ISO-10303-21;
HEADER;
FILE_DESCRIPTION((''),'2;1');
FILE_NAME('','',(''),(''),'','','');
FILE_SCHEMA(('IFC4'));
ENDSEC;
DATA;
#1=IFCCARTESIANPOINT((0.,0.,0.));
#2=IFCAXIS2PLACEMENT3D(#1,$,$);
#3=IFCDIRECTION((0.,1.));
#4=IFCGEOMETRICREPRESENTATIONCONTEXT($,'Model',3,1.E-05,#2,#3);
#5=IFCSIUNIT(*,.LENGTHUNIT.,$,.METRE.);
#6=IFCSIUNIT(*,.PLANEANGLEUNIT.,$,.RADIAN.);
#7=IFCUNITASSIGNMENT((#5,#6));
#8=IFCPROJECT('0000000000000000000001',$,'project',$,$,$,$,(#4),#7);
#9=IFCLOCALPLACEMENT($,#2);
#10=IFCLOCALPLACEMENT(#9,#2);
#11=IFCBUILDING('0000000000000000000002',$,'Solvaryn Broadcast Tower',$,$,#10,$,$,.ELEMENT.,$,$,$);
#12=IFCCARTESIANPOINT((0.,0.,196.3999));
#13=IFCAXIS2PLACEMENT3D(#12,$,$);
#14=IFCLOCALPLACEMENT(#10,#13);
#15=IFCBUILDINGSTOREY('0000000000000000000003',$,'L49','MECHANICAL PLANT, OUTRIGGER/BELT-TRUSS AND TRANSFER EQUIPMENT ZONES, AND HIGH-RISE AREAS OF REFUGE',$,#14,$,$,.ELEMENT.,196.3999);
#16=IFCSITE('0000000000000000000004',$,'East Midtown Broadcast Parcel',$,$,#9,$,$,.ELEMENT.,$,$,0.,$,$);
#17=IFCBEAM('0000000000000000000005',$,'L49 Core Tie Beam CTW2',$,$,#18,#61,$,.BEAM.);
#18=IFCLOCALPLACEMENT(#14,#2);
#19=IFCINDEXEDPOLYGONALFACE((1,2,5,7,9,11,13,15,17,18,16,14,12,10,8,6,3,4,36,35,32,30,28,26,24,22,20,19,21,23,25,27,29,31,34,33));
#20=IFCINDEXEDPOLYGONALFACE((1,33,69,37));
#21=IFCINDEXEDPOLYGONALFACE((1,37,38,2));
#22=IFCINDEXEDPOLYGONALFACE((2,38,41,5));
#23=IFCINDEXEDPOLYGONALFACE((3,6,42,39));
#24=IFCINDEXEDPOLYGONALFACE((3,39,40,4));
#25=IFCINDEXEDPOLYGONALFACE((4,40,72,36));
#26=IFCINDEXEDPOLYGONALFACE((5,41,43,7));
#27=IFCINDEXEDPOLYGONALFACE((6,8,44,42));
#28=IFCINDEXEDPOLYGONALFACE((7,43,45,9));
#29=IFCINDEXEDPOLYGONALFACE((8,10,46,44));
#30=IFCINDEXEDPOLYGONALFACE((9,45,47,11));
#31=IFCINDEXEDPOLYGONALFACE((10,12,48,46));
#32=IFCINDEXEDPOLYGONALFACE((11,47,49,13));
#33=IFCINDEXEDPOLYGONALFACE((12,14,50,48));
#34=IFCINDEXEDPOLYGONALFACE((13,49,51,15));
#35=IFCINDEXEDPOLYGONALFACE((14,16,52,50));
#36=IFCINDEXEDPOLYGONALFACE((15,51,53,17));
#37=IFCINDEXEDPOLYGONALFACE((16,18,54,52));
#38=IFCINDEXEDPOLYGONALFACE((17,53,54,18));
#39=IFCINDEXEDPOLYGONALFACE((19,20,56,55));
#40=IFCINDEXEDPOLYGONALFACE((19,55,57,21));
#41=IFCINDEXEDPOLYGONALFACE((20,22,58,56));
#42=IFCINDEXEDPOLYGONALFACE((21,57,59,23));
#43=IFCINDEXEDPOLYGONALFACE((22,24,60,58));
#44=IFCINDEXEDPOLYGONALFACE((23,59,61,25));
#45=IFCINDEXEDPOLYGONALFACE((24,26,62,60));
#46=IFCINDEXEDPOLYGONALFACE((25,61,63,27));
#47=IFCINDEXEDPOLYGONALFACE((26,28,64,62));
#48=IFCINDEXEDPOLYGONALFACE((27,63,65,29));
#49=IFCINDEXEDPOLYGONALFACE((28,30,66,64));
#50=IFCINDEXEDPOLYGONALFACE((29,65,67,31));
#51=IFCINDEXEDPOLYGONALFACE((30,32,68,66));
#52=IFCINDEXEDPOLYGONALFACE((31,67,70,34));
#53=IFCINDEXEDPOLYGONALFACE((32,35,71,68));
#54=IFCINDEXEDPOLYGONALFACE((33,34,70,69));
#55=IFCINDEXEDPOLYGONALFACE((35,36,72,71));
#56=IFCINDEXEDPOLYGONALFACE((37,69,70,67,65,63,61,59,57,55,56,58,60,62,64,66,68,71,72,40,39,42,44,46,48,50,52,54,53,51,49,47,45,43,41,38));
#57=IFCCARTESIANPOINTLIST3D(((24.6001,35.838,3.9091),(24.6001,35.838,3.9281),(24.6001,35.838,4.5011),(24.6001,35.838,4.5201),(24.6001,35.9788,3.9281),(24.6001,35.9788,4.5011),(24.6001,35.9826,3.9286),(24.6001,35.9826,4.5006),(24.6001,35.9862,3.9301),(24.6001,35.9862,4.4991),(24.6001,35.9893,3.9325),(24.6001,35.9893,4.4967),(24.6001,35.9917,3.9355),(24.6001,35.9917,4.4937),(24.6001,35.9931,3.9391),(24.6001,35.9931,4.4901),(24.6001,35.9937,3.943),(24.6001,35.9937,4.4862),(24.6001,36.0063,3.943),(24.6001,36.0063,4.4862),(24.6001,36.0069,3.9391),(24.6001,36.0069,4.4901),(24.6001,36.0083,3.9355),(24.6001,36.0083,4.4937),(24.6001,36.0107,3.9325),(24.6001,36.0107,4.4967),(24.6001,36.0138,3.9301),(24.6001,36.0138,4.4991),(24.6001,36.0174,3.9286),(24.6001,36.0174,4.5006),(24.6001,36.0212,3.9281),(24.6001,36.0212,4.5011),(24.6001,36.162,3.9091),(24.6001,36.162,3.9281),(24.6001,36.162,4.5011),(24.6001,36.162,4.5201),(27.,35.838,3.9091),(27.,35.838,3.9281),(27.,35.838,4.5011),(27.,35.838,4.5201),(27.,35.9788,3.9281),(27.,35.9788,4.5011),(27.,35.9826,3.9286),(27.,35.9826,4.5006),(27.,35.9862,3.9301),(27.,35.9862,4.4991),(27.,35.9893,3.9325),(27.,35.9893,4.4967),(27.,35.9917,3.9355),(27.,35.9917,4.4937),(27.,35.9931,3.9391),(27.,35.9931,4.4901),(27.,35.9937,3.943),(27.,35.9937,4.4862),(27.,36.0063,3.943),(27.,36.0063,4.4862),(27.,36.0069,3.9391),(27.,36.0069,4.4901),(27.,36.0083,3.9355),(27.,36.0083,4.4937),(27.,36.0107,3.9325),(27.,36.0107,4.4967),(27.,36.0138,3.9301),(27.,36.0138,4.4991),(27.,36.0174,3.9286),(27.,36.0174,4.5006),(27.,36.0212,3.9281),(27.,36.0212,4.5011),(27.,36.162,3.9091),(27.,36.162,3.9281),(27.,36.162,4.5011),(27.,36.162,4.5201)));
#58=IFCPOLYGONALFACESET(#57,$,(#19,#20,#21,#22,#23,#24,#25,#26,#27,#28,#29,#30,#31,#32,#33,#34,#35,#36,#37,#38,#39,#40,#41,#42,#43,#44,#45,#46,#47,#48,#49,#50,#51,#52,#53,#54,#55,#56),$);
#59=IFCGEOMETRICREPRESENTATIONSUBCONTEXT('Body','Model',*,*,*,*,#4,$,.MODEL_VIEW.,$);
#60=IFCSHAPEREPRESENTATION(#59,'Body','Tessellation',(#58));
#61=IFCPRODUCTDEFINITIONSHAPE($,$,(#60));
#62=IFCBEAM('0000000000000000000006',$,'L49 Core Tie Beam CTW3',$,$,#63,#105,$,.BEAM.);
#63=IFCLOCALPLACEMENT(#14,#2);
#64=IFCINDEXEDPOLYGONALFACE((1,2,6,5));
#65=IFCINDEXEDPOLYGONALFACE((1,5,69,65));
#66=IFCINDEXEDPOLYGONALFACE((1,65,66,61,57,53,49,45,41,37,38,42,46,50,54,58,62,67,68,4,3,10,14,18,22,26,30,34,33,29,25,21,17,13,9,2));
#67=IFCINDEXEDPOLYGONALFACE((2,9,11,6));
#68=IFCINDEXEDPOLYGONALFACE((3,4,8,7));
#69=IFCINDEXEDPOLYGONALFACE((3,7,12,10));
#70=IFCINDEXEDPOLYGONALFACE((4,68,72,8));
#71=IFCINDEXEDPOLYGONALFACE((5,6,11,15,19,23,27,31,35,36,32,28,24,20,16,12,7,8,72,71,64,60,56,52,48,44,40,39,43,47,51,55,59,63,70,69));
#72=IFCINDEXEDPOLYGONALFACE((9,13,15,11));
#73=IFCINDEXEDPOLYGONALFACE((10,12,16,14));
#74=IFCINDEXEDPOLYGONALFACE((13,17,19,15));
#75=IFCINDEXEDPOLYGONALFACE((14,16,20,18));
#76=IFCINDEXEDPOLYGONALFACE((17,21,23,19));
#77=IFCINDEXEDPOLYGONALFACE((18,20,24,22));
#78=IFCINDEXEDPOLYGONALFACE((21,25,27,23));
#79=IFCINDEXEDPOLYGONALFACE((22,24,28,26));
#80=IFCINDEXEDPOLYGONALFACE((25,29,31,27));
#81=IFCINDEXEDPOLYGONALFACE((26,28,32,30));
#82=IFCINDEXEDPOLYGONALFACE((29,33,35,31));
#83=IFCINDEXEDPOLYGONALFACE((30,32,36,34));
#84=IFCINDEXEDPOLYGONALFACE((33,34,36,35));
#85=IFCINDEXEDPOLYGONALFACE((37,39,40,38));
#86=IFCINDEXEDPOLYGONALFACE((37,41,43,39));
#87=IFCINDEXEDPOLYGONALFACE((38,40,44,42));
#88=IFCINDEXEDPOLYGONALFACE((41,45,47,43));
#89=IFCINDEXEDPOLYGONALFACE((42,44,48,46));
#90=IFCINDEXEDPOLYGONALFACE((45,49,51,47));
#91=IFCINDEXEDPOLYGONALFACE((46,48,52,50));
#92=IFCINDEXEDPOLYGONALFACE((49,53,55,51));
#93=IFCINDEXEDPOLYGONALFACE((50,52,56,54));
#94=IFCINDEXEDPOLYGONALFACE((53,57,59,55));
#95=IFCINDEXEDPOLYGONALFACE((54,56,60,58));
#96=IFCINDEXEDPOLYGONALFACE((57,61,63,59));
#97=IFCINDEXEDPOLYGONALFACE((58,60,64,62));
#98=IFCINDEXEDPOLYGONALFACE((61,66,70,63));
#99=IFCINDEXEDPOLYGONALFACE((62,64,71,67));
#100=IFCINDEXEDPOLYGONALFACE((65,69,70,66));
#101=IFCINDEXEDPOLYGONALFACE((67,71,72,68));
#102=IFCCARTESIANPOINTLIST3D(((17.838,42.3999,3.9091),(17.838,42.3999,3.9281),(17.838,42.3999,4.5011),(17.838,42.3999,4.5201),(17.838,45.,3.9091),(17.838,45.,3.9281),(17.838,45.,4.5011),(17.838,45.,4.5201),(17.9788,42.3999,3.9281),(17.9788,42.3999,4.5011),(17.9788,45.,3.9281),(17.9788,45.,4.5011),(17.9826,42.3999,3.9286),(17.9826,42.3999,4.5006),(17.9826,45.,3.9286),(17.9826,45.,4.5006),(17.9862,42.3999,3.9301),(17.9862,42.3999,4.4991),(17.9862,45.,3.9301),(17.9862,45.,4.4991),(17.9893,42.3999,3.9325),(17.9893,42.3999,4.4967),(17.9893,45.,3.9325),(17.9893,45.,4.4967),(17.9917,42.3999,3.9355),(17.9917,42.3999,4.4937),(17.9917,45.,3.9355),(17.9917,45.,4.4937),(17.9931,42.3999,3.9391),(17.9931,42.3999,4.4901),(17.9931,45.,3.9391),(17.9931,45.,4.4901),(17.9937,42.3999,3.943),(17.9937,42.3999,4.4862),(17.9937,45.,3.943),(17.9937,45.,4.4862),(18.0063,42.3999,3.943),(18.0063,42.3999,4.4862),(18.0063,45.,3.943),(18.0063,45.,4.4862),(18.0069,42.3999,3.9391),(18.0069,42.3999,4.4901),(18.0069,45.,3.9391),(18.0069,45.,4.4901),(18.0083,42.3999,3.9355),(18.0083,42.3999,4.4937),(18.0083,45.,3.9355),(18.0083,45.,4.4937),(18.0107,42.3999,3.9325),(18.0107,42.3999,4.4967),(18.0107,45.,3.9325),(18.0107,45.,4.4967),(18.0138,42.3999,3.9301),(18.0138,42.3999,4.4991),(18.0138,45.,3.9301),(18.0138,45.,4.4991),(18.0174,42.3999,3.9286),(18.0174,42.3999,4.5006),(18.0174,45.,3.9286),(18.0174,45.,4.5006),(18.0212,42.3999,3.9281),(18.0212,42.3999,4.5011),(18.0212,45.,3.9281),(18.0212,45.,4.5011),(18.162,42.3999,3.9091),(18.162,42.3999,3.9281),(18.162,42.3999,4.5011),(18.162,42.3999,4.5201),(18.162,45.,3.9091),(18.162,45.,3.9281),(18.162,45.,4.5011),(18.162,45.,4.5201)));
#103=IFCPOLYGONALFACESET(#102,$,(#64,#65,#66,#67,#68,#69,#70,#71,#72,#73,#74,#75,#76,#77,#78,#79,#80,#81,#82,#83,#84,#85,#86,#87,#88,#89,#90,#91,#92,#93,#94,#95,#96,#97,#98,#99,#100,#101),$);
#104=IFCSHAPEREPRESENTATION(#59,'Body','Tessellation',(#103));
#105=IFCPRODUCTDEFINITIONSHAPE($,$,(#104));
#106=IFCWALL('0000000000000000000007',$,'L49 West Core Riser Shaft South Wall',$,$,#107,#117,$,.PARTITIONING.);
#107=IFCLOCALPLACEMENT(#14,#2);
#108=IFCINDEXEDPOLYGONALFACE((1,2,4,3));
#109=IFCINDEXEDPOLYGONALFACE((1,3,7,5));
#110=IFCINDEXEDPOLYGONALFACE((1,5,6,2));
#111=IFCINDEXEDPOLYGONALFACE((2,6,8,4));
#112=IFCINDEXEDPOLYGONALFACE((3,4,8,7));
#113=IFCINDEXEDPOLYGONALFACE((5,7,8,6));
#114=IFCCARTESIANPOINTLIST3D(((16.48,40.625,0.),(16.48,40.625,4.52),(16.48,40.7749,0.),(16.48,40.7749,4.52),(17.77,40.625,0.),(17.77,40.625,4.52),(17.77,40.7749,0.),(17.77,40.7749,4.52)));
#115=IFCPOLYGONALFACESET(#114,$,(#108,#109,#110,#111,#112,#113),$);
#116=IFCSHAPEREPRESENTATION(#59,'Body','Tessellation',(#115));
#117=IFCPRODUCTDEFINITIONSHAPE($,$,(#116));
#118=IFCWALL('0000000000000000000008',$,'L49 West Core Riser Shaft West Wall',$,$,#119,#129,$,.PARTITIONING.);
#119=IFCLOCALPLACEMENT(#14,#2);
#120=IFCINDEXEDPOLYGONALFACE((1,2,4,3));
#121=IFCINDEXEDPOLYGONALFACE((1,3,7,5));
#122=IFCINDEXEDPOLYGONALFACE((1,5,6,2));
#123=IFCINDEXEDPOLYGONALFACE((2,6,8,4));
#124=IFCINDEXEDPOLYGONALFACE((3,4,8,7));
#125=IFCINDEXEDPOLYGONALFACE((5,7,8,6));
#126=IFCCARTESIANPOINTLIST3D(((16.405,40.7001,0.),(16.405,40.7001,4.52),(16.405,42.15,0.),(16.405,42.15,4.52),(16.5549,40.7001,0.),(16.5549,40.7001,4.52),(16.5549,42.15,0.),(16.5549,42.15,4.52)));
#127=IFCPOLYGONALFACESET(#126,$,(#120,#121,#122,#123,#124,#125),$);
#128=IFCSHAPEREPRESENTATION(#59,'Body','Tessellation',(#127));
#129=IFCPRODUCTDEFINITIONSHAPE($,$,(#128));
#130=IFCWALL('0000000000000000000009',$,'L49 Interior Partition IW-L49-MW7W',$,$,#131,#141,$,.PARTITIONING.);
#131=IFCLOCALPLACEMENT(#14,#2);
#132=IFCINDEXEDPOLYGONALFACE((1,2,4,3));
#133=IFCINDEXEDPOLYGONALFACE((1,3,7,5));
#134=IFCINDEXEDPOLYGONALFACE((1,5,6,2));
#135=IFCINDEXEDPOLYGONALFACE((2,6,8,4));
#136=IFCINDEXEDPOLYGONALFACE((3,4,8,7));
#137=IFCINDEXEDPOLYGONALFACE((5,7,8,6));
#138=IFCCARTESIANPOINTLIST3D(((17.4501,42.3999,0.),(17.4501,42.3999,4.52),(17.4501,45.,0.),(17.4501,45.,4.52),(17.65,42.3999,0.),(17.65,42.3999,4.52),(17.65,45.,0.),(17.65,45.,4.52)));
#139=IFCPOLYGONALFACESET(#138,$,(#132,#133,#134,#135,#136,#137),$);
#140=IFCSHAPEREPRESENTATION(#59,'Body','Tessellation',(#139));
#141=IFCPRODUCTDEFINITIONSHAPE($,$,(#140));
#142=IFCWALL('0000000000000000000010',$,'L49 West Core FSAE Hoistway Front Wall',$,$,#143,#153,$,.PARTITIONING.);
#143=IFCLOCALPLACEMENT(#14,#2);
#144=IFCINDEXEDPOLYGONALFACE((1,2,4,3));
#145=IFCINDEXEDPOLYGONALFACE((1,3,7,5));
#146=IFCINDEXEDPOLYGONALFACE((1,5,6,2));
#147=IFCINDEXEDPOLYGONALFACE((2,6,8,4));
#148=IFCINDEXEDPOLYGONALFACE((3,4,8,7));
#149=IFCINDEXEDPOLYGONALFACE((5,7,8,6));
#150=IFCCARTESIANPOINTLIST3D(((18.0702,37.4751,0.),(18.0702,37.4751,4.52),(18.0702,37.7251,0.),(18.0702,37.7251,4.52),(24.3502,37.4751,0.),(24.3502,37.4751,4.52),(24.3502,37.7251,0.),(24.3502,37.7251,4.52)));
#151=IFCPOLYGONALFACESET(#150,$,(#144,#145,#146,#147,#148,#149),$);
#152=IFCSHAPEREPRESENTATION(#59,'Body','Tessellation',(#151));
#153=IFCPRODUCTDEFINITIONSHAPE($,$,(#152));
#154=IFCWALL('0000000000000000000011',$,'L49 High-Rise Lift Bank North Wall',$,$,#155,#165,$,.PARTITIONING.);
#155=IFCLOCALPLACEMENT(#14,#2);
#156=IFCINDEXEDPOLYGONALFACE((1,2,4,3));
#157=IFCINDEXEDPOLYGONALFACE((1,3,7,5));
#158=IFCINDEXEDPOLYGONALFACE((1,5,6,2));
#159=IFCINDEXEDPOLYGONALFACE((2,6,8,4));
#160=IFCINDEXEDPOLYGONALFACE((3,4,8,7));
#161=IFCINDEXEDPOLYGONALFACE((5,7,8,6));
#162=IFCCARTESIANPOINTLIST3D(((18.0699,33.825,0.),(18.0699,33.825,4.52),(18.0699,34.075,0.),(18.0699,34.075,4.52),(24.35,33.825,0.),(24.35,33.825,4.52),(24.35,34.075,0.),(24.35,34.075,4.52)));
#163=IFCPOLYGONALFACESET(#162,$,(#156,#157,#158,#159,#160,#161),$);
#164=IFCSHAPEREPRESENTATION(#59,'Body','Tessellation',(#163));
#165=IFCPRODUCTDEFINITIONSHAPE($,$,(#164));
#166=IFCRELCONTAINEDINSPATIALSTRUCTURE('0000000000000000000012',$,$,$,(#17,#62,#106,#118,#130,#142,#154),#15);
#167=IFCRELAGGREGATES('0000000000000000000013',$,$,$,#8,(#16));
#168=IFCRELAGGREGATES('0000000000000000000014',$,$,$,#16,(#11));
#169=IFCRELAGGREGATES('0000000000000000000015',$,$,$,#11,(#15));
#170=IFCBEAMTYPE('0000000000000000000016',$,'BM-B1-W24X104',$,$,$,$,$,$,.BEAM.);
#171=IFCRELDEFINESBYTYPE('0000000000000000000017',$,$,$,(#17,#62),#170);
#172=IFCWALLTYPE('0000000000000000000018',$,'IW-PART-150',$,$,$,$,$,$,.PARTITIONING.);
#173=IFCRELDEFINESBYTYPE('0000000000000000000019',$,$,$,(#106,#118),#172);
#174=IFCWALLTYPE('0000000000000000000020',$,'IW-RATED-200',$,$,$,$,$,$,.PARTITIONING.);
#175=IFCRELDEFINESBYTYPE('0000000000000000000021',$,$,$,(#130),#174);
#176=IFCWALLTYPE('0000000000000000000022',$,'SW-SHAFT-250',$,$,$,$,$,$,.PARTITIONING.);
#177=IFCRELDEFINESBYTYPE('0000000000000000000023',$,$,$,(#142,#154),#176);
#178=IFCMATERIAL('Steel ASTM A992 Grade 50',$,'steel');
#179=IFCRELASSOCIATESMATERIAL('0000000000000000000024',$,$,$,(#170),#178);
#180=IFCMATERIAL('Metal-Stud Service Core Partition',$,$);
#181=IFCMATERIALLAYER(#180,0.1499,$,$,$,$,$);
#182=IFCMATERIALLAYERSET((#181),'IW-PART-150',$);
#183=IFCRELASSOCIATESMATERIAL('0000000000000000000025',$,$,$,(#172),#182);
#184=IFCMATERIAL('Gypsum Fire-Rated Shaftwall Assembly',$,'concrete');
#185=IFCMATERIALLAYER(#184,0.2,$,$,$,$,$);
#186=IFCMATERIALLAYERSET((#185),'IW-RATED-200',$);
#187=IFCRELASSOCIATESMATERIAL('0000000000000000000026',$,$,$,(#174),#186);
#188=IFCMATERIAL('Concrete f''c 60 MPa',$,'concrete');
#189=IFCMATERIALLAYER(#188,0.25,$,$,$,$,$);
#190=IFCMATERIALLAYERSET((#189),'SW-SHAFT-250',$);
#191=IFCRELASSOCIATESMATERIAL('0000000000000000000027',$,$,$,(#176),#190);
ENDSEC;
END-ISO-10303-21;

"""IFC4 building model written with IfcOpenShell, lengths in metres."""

from ifc_helpers import new_model, si_unit, direction, frame, frame_2d, origin, origin_2d, place, context, subcontext, project, spatial, rectangle, i_section, extrude, material, layer, layer_set, material_profile, profile_set, type_object, element, save


model = new_model("IFC4")

# Units and contexts
model_context = context("Model", 3, precision=1e-05, world=origin(), true_north=direction((0.0, 1.0)))
body_context = subcontext(model_context, "Body", "Model", "MODEL_VIEW")
ifc_project = project(units=[si_unit("LENGTHUNIT", "METRE"), si_unit("PLANEANGLEUNIT", "RADIAN")], contexts=[model_context])

# Site, building, storey
site_placement = place(None, origin())
site = spatial("IfcSite", under=ifc_project, at=site_placement, Name="East Midtown Broadcast Parcel", CompositionType="ELEMENT", RefElevation=0.0)
building_placement = place(site_placement, origin())
building = spatial("IfcBuilding", under=site, at=building_placement, Name="Solvaryn Broadcast Tower", CompositionType="ELEMENT")
storey_placement = place(building_placement, frame((0.0, 0.0, 196.3999)))
storey = spatial("IfcBuildingStorey", under=building, at=storey_placement, Name="L49", Description="MECHANICAL PLANT, OUTRIGGER/BELT-TRUSS AND TRANSFER EQUIPMENT ZONES, AND HIGH-RISE AREAS OF REFUGE", CompositionType="ELEMENT", Elevation=196.3999)

# Beams
ifc_material_1 = material(Name="Steel ASTM A992 Grade 50", Category="steel")
ifc_material_profile = material_profile(ifc_material_1, i_section(OverallWidth=0.324, OverallDepth=0.6111, WebThickness=0.0127, FlangeThickness=0.019, FilletRadius=0.0149, at=origin_2d()))
ifc_profile_set = profile_set([ifc_material_profile], Name="Steel ASTM A992 Grade 50")
beam_type = type_object("IfcBeamType", Name="BM-B1-W24X104", PredefinedType="BEAM", material=ifc_profile_set)
beam_1_placement = place(storey_placement, frame((24.6001, 36.0, 4.2146), z_axis=(1.0, 0.0, 0.0), x_axis=(0.0, 1.0, 0.0)))
element("IfcBeam", 1, at=beam_1_placement, inside=storey, type_object=beam_type, Name="L49 Core Tie Beam CTW2", PredefinedType="BEAM", context=body_context, shape_type="SweptSolid", body=[
    extrude(i_section(OverallWidth=0.324, OverallDepth=0.6111, WebThickness=0.0127, FlangeThickness=0.019, FilletRadius=0.0149, at=origin_2d()), origin(), (0.0, 0.0, 1.0), 2.3999),
])
beam_2_placement = place(storey_placement, frame((18.0, 42.3999, 4.2146), z_axis=(0.0, 1.0, 0.0), x_axis=(-1.0, 0.0, 0.0)))
element("IfcBeam", 2, at=beam_2_placement, inside=storey, type_object=beam_type, Name="L49 Core Tie Beam CTW3", PredefinedType="BEAM", context=body_context, shape_type="SweptSolid", body=[
    extrude(i_section(OverallWidth=0.324, OverallDepth=0.6111, WebThickness=0.0127, FlangeThickness=0.019, FilletRadius=0.0149, at=origin_2d()), origin(), (0.0, 0.0, 1.0), 2.6001),
])

# Walls
ifc_material_2 = material(Name="Metal-Stud Service Core Partition")
ifc_layer_1 = layer(ifc_material_2, 0.1499)
ifc_layer_set_1 = layer_set([ifc_layer_1], Name="IW-PART-150")
wall_type_1 = type_object("IfcWallType", Name="IW-PART-150", PredefinedType="PARTITIONING", material=ifc_layer_set_1)
wall_1_placement = place(storey_placement, frame((16.48, 40.7, 0.0), z_axis=(0.0, 0.0, 1.0), x_axis=(1.0, 0.0, 0.0)))
element("IfcWall", 3, at=wall_1_placement, inside=storey, type_object=wall_type_1, Name="L49 West Core Riser Shaft South Wall", PredefinedType="PARTITIONING", context=body_context, shape_type="SweptSolid", body=[
    extrude(rectangle(XDim=1.29, YDim=0.1499, at=frame_2d((0.645, 0.0))), origin(), (0.0, 0.0, 1.0), 4.52),
])
wall_2_placement = place(storey_placement, frame((16.48, 40.7, 0.0), z_axis=(0.0, 0.0, 1.0), x_axis=(0.0, 1.0, 0.0)))
element("IfcWall", 4, at=wall_2_placement, inside=storey, type_object=wall_type_1, Name="L49 West Core Riser Shaft West Wall", PredefinedType="PARTITIONING", context=body_context, shape_type="SweptSolid", body=[
    extrude(rectangle(XDim=1.45, YDim=0.1499, at=frame_2d((0.7251, 0.0))), origin(), (0.0, 0.0, 1.0), 4.52),
])
ifc_material_3 = material(Name="Gypsum Fire-Rated Shaftwall Assembly", Category="concrete")
ifc_layer_2 = layer(ifc_material_3, 0.2)
ifc_layer_set_2 = layer_set([ifc_layer_2], Name="IW-RATED-200")
wall_type_2 = type_object("IfcWallType", Name="IW-RATED-200", PredefinedType="PARTITIONING", material=ifc_layer_set_2)
wall_3_placement = place(storey_placement, frame((17.55, 42.3999, 0.0), z_axis=(0.0, 0.0, 1.0), x_axis=(0.0, 1.0, 0.0)))
element("IfcWall", 5, at=wall_3_placement, inside=storey, type_object=wall_type_2, Name="L49 Interior Partition IW-L49-MW7W", PredefinedType="PARTITIONING", context=body_context, shape_type="SweptSolid", body=[
    extrude(rectangle(XDim=2.6001, YDim=0.2, at=frame_2d((1.3, 0.0))), origin(), (0.0, 0.0, 1.0), 4.52),
])
ifc_material_4 = material(Name="Concrete f'c 60 MPa", Category="concrete")
ifc_layer_3 = layer(ifc_material_4, 0.25)
ifc_layer_set_3 = layer_set([ifc_layer_3], Name="SW-SHAFT-250")
wall_type_3 = type_object("IfcWallType", Name="SW-SHAFT-250", PredefinedType="PARTITIONING", material=ifc_layer_set_3)
for number, where, z_axis, x_axis, name in (
    (6, (18.0701, 37.6001, 0.0), (0.0, 0.0, 1.0), (1.0, 0.0, 0.0), "L49 West Core FSAE Hoistway Front Wall"),
    (7, (24.3501, 33.95, 0.0), (0.0, 0.0, 1.0), (-1.0, 0.0, 0.0), "L49 High-Rise Lift Bank North Wall"),
):
    element("IfcWall", number, at=place(storey_placement, frame(where, z_axis=z_axis, x_axis=x_axis)), inside=storey, type_object=wall_type_3, Name=name, PredefinedType="PARTITIONING", context=body_context, shape_type="SweptSolid", body=[
        extrude(rectangle(XDim=6.28, YDim=0.25, at=frame_2d((3.1401, 0.0))), origin(), (0.0, 0.0, 1.0), 4.52),
    ])

save(model, "model.ifc")
